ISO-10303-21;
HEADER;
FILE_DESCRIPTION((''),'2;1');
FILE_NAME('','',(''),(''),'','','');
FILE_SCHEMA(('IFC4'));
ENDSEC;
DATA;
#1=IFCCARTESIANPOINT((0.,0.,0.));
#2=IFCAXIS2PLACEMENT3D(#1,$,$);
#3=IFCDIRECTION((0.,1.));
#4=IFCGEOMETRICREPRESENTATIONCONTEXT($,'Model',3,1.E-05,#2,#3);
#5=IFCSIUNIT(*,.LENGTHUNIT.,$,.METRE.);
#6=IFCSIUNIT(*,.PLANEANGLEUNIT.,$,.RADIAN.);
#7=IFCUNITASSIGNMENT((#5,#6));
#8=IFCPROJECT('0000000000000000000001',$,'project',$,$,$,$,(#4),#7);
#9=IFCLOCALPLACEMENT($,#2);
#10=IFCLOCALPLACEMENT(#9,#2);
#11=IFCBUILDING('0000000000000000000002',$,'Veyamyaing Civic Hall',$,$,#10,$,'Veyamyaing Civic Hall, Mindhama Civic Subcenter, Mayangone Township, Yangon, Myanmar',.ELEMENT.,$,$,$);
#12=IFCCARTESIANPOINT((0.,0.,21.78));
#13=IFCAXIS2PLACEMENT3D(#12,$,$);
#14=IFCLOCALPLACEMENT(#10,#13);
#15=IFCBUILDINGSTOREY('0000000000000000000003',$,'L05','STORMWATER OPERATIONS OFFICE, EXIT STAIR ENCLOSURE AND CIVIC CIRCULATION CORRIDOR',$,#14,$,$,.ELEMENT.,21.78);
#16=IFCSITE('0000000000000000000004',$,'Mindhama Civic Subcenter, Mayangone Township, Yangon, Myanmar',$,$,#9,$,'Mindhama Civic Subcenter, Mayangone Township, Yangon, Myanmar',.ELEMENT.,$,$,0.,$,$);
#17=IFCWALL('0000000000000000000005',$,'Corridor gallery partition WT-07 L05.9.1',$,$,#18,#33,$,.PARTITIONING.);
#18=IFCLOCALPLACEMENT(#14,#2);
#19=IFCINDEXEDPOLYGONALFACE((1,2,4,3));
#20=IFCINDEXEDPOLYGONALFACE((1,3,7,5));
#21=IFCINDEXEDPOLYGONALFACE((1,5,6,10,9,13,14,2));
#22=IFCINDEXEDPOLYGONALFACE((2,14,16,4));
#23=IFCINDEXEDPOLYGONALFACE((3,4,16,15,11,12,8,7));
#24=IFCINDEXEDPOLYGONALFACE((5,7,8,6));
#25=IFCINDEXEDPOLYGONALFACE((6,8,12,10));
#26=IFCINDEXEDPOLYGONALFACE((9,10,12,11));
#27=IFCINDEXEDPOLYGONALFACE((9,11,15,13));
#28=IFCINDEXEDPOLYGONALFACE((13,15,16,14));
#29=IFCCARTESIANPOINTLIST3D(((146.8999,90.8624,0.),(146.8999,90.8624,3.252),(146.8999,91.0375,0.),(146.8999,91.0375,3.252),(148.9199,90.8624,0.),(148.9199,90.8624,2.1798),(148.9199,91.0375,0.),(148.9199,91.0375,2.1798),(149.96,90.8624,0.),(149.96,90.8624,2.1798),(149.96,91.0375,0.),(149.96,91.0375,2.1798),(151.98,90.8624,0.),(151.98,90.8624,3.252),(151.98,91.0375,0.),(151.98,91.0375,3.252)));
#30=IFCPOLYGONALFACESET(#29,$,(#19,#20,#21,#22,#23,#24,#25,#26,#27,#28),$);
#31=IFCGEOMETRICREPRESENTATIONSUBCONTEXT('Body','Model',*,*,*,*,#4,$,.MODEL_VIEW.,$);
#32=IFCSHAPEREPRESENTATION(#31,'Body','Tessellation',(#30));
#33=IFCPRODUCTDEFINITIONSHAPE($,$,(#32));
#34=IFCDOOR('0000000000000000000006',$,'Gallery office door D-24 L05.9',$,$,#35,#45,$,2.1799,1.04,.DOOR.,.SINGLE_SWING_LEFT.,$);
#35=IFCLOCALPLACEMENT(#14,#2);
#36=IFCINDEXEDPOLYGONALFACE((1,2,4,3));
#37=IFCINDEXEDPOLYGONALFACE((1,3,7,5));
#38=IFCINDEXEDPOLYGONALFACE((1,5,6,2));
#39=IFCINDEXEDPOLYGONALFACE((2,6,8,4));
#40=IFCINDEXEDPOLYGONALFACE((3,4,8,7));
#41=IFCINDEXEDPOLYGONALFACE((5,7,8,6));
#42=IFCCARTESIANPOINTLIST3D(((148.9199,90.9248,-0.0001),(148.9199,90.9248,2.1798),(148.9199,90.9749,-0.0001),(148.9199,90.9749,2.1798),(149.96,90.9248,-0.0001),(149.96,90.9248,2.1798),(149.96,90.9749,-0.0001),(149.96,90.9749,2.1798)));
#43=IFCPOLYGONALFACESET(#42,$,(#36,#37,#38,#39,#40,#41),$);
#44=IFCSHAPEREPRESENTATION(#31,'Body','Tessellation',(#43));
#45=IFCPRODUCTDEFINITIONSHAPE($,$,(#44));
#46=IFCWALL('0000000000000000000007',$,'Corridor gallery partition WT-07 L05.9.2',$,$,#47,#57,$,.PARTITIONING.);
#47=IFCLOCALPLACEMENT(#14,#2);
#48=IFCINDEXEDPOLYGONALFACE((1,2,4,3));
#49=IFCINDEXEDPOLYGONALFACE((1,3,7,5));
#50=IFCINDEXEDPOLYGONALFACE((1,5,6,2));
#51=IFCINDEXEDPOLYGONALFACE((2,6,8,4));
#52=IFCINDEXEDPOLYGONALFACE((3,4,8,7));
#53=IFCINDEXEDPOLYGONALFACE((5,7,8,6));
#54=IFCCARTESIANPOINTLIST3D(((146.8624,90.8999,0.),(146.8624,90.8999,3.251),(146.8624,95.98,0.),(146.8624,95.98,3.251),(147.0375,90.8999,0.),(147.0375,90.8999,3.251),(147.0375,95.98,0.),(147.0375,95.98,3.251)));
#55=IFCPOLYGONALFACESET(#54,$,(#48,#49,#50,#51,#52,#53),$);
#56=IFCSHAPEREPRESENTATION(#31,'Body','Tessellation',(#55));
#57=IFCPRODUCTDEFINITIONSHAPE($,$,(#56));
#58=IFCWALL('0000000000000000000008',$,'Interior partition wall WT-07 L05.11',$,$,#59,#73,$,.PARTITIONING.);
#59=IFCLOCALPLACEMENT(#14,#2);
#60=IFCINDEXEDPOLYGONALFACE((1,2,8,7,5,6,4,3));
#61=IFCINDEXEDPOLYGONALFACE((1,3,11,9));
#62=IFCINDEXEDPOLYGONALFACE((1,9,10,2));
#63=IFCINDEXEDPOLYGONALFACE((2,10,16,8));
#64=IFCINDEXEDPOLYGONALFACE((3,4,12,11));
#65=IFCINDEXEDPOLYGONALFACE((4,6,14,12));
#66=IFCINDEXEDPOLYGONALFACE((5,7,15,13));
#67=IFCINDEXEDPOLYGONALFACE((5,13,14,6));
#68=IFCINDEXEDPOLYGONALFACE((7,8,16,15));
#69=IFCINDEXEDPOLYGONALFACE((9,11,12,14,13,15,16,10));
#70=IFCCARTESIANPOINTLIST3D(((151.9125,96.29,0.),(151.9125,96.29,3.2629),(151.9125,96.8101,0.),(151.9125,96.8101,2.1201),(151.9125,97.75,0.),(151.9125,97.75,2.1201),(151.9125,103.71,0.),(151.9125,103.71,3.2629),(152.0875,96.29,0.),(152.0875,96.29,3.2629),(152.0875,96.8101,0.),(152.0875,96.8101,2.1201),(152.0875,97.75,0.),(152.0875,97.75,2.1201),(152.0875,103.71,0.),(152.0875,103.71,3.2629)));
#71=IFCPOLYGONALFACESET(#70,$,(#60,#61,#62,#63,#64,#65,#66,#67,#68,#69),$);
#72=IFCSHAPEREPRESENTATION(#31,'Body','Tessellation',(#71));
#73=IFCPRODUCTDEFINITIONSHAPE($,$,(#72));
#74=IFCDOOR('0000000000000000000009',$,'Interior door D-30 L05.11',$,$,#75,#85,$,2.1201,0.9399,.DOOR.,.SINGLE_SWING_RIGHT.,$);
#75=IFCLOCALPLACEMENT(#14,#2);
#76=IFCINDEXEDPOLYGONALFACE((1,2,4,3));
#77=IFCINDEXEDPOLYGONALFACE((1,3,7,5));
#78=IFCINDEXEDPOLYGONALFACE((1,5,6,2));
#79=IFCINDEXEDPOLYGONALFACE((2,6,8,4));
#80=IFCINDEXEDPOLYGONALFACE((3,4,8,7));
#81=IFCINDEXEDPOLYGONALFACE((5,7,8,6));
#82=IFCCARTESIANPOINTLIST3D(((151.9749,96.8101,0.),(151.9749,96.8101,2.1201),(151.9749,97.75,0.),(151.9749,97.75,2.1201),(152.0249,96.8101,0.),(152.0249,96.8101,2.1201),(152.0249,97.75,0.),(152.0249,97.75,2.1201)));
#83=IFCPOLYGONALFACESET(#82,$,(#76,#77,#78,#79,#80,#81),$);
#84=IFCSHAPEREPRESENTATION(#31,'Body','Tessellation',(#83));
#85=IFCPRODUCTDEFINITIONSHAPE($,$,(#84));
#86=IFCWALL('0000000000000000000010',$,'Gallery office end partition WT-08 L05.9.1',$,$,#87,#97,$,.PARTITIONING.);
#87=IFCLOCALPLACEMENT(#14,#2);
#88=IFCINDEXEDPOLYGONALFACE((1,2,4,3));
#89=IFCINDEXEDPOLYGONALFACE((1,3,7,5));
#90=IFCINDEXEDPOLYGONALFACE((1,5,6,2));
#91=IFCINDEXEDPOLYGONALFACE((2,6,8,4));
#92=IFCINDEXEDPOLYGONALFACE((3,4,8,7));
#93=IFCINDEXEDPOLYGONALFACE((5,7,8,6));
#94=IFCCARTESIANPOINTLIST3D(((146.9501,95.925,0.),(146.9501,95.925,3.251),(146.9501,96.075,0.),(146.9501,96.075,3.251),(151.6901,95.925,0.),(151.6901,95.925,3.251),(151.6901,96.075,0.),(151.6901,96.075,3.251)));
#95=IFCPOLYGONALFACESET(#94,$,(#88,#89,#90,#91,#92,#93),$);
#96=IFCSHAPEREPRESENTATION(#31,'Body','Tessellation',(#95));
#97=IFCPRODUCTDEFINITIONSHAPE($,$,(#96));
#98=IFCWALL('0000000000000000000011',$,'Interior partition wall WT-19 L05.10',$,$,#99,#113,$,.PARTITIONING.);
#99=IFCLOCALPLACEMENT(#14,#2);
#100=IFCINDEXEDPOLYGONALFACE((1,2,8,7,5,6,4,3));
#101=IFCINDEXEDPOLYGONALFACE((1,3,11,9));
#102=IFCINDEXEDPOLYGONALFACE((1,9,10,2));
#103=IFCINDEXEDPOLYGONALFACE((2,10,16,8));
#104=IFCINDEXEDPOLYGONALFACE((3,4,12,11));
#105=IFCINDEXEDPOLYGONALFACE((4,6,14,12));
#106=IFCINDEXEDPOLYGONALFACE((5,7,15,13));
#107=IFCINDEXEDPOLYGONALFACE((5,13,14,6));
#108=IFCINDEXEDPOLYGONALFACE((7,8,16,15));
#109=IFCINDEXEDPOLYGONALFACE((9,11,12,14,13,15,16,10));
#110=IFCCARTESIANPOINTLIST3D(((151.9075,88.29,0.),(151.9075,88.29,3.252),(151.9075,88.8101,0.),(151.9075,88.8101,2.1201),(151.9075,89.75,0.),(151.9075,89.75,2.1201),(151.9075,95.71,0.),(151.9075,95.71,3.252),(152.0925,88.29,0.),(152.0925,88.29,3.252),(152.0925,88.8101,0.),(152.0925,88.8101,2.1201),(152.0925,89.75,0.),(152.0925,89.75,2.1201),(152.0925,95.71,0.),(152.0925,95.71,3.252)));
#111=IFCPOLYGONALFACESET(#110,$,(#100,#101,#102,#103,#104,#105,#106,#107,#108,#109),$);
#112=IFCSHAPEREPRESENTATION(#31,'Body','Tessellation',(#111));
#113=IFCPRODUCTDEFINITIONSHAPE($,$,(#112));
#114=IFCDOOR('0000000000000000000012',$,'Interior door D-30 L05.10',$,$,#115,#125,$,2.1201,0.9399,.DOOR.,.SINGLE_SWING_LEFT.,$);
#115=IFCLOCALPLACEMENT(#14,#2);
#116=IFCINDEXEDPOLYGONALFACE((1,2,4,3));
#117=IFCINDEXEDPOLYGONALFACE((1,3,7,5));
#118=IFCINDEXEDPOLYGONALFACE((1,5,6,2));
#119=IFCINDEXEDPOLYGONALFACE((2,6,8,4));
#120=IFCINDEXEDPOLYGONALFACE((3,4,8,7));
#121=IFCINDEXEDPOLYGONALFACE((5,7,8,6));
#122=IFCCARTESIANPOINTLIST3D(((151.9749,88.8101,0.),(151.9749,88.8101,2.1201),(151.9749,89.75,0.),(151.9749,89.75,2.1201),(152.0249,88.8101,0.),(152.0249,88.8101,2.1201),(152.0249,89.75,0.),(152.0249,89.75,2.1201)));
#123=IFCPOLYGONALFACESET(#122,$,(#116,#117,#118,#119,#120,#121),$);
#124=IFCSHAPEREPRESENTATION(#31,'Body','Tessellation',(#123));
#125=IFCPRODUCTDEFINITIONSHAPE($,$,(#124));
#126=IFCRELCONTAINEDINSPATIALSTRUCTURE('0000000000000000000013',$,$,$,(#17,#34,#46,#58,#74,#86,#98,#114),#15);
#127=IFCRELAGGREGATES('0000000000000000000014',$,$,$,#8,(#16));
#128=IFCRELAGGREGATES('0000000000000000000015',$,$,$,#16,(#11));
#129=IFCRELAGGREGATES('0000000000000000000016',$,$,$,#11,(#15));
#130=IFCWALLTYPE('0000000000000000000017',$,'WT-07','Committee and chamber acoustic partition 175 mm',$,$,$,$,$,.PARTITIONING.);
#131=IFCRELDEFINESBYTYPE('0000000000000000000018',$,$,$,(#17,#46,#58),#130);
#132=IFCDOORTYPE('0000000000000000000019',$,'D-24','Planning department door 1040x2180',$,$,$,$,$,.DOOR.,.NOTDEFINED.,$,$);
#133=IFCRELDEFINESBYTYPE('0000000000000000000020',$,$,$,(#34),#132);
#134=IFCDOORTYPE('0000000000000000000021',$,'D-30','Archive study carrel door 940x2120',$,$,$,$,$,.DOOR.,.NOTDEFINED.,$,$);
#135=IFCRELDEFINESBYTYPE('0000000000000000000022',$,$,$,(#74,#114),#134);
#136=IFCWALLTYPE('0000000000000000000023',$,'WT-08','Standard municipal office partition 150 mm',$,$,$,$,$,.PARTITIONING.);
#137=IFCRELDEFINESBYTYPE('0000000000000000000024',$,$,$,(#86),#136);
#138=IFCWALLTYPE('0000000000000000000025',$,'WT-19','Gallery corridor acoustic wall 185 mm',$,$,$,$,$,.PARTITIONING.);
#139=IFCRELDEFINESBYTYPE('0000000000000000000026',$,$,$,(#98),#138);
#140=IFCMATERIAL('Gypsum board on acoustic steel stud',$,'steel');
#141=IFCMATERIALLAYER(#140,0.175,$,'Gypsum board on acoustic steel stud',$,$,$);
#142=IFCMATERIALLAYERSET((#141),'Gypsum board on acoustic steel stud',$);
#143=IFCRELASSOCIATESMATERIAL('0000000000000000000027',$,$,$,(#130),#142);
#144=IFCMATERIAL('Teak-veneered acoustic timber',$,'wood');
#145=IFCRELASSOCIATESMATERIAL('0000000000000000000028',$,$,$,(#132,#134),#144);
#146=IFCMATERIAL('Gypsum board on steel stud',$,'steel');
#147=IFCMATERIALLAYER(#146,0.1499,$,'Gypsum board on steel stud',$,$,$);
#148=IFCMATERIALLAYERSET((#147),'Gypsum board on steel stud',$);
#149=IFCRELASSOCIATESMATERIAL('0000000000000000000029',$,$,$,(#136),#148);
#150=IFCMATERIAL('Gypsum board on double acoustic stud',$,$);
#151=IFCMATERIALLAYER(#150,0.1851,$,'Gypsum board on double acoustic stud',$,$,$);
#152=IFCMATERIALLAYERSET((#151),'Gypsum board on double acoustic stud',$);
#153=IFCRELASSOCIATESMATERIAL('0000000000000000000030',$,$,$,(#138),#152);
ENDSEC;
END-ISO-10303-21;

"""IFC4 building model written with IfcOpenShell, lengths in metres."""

from ifc_helpers import new_model, si_unit, direction, frame, frame_2d, origin, place, context, subcontext, project, spatial, rectangle, extrude, material, layer, layer_set, type_object, element, fill, save


model = new_model("IFC4")

# Units and contexts
model_context = context("Model", 3, precision=1e-05, world=origin(), true_north=direction((0.0, 1.0)))
body_context = subcontext(model_context, "Body", "Model", "MODEL_VIEW")
ifc_project = project(units=[si_unit("LENGTHUNIT", "METRE"), si_unit("PLANEANGLEUNIT", "RADIAN")], contexts=[model_context])

# Site, building, storey
site_placement = place(None, origin())
site = spatial("IfcSite", under=ifc_project, at=site_placement, Name="Mindhama Civic Subcenter, Mayangone Township, Yangon, Myanmar", LongName="Mindhama Civic Subcenter, Mayangone Township, Yangon, Myanmar", CompositionType="ELEMENT", RefElevation=0.0)
building_placement = place(site_placement, origin())
building = spatial("IfcBuilding", under=site, at=building_placement, Name="Veyamyaing Civic Hall", LongName="Veyamyaing Civic Hall, Mindhama Civic Subcenter, Mayangone Township, Yangon, Myanmar", CompositionType="ELEMENT")
storey_placement = place(building_placement, frame((0.0, 0.0, 21.78)))
storey = spatial("IfcBuildingStorey", under=building, at=storey_placement, Name="L05", Description="STORMWATER OPERATIONS OFFICE, EXIT STAIR ENCLOSURE AND CIVIC CIRCULATION CORRIDOR", CompositionType="ELEMENT", Elevation=21.78)

# Wall, opening, door
ifc_material_1 = material(Name="Gypsum board on acoustic steel stud", Category="steel")
ifc_layer_1 = layer(ifc_material_1, 0.175, Name="Gypsum board on acoustic steel stud")
ifc_layer_set_1 = layer_set([ifc_layer_1], Name="Gypsum board on acoustic steel stud")
wall_type_1 = type_object("IfcWallType", Name="WT-07", Description="Committee and chamber acoustic partition 175 mm", PredefinedType="PARTITIONING", material=ifc_layer_set_1)
wall_1_placement = place(storey_placement, frame((146.8999, 90.95, 0.0), z_axis=(0.0, 0.0, 1.0), x_axis=(1.0, 0.0, 0.0)))
wall_1 = element("IfcWall", 1, at=wall_1_placement, inside=storey, type_object=wall_type_1, Name="Corridor gallery partition WT-07 L05.9.1", PredefinedType="PARTITIONING", context=body_context, shape_type="SweptSolid", body=[
    extrude(rectangle(XDim=5.0801, YDim=0.175, at=frame_2d((2.54, 0.0))), origin(), (0.0, 0.0, 1.0), 3.252),
])
opening_1_placement = place(wall_1_placement, frame((2.02, 0.0, 0.0)))
opening_1 = element("IfcOpeningElement", 2, at=opening_1_placement, cuts=wall_1, PredefinedType="OPENING", context=body_context, shape_type="SweptSolid", body=[
    extrude(rectangle(XDim=1.04, YDim=2.1799, at=frame_2d((0.52, 1.0898))), frame((0.0, 0.0974, 0.0), z_axis=(0.0, -1.0, 0.0), x_axis=(1.0, 0.0, 0.0)), (0.0, 0.0, 1.0), 0.1951),
])
ifc_material_2 = material(Name="Teak-veneered acoustic timber", Category="wood")
door_type_1 = type_object("IfcDoorType", Name="D-24", Description="Planning department door 1040x2180", OperationType="NOTDEFINED", PredefinedType="DOOR", material=ifc_material_2)
door_1_placement = place(opening_1_placement, origin())
door_1 = element("IfcDoor", 3, at=door_1_placement, inside=storey, type_object=door_type_1, Name="Gallery office door D-24 L05.9", OperationType="SINGLE_SWING_LEFT", OverallHeight=2.1799, OverallWidth=1.04, PredefinedType="DOOR", context=body_context, shape_type="SweptSolid", body=[
    extrude(rectangle(XDim=1.04, YDim=2.1799, at=frame_2d((0.52, 1.0898))), frame((0.0, 0.0249, 0.0), z_axis=(0.0, -1.0, 0.0), x_axis=(1.0, 0.0, 0.0)), (0.0, 0.0, 1.0), 0.05),
])
fill(opening_1, door_1)

# Wall
wall_2_placement = place(storey_placement, frame((146.95, 90.8999, 0.0), z_axis=(0.0, 0.0, 1.0), x_axis=(0.0, 1.0, 0.0)))
element("IfcWall", 4, at=wall_2_placement, inside=storey, type_object=wall_type_1, Name="Corridor gallery partition WT-07 L05.9.2", PredefinedType="PARTITIONING", context=body_context, shape_type="SweptSolid", body=[
    extrude(rectangle(XDim=5.0801, YDim=0.175, at=frame_2d((2.54, 0.0))), origin(), (0.0, 0.0, 1.0), 3.251),
])

# Wall, opening, door
wall_3_placement = place(storey_placement, frame((152.0, 96.29, 0.0), z_axis=(0.0, 0.0, 1.0), x_axis=(0.0, 1.0, 0.0)))
wall_3 = element("IfcWall", 5, at=wall_3_placement, inside=storey, type_object=wall_type_1, Name="Interior partition wall WT-07 L05.11", PredefinedType="PARTITIONING", context=body_context, shape_type="SweptSolid", body=[
    extrude(rectangle(XDim=7.4199, YDim=0.175, at=frame_2d((3.71, 0.0))), origin(), (0.0, 0.0, 1.0), 3.2629),
])
opening_2_placement = place(wall_3_placement, frame((0.52, 0.0, 0.0)))
opening_2 = element("IfcOpeningElement", 6, at=opening_2_placement, cuts=wall_3, PredefinedType="OPENING", context=body_context, shape_type="SweptSolid", body=[
    extrude(rectangle(XDim=0.9399, YDim=2.1201, at=frame_2d((0.47, 1.0601))), frame((0.0, 0.0974, 0.0), z_axis=(0.0, -1.0, 0.0), x_axis=(1.0, 0.0, 0.0)), (0.0, 0.0, 1.0), 0.1951),
])
door_type_2 = type_object("IfcDoorType", Name="D-30", Description="Archive study carrel door 940x2120", OperationType="NOTDEFINED", PredefinedType="DOOR", material=ifc_material_2)
door_2_placement = place(opening_2_placement, frame((0.9399, 0.0, 0.0), z_axis=(0.0, 0.0, 1.0), x_axis=(-1.0, 0.0, 0.0)))
door_2 = element("IfcDoor", 7, at=door_2_placement, inside=storey, type_object=door_type_2, Name="Interior door D-30 L05.11", OperationType="SINGLE_SWING_RIGHT", OverallHeight=2.1201, OverallWidth=0.9399, PredefinedType="DOOR", context=body_context, shape_type="SweptSolid", body=[
    extrude(rectangle(XDim=0.9399, YDim=2.1201, at=frame_2d((0.47, 1.0601))), frame((0.0, 0.0249, 0.0), z_axis=(0.0, -1.0, 0.0), x_axis=(1.0, 0.0, 0.0)), (0.0, 0.0, 1.0), 0.05),
])
fill(opening_2, door_2)

# Wall
ifc_material_3 = material(Name="Gypsum board on steel stud", Category="steel")
ifc_layer_2 = layer(ifc_material_3, 0.1499, Name="Gypsum board on steel stud")
ifc_layer_set_2 = layer_set([ifc_layer_2], Name="Gypsum board on steel stud")
wall_type_2 = type_object("IfcWallType", Name="WT-08", Description="Standard municipal office partition 150 mm", PredefinedType="PARTITIONING", material=ifc_layer_set_2)
wall_4_placement = place(storey_placement, frame((146.95, 96.0, 0.0), z_axis=(0.0, 0.0, 1.0), x_axis=(1.0, 0.0, 0.0)))
element("IfcWall", 8, at=wall_4_placement, inside=storey, type_object=wall_type_2, Name="Gallery office end partition WT-08 L05.9.1", PredefinedType="PARTITIONING", context=body_context, shape_type="SweptSolid", body=[
    extrude(rectangle(XDim=4.74, YDim=0.1499, at=frame_2d((2.3701, 0.0))), origin(), (0.0, 0.0, 1.0), 3.251),
])

# Wall, opening, door
ifc_material_4 = material(Name="Gypsum board on double acoustic stud")
ifc_layer_3 = layer(ifc_material_4, 0.1851, Name="Gypsum board on double acoustic stud")
ifc_layer_set_3 = layer_set([ifc_layer_3], Name="Gypsum board on double acoustic stud")
wall_type_3 = type_object("IfcWallType", Name="WT-19", Description="Gallery corridor acoustic wall 185 mm", PredefinedType="PARTITIONING", material=ifc_layer_set_3)
wall_5_placement = place(storey_placement, frame((152.0, 88.29, 0.0), z_axis=(0.0, 0.0, 1.0), x_axis=(0.0, 1.0, 0.0)))
wall_5 = element("IfcWall", 9, at=wall_5_placement, inside=storey, type_object=wall_type_3, Name="Interior partition wall WT-19 L05.10", PredefinedType="PARTITIONING", context=body_context, shape_type="SweptSolid", body=[
    extrude(rectangle(XDim=7.4199, YDim=0.1851, at=frame_2d((3.71, 0.0))), origin(), (0.0, 0.0, 1.0), 3.252),
])
opening_3_placement = place(wall_5_placement, frame((0.52, 0.0, 0.0)))
opening_3 = element("IfcOpeningElement", 10, at=opening_3_placement, cuts=wall_5, PredefinedType="OPENING", context=body_context, shape_type="SweptSolid", body=[
    extrude(rectangle(XDim=0.9399, YDim=2.1201, at=frame_2d((0.47, 1.0601))), frame((0.0, 0.1025, 0.0), z_axis=(0.0, -1.0, 0.0), x_axis=(1.0, 0.0, 0.0)), (0.0, 0.0, 1.0), 0.2051),
])
door_3_placement = place(opening_3_placement, frame((0.9399, 0.0, 0.0), z_axis=(0.0, 0.0, 1.0), x_axis=(-1.0, 0.0, 0.0)))
door_3 = element("IfcDoor", 11, at=door_3_placement, inside=storey, type_object=door_type_2, Name="Interior door D-30 L05.10", OperationType="SINGLE_SWING_LEFT", OverallHeight=2.1201, OverallWidth=0.9399, PredefinedType="DOOR", context=body_context, shape_type="SweptSolid", body=[
    extrude(rectangle(XDim=0.9399, YDim=2.1201, at=frame_2d((0.47, 1.0601))), frame((0.0, 0.0249, 0.0), z_axis=(0.0, -1.0, 0.0), x_axis=(1.0, 0.0, 0.0)), (0.0, 0.0, 1.0), 0.05),
])
fill(opening_3, door_3)

save(model, "model.ifc")
